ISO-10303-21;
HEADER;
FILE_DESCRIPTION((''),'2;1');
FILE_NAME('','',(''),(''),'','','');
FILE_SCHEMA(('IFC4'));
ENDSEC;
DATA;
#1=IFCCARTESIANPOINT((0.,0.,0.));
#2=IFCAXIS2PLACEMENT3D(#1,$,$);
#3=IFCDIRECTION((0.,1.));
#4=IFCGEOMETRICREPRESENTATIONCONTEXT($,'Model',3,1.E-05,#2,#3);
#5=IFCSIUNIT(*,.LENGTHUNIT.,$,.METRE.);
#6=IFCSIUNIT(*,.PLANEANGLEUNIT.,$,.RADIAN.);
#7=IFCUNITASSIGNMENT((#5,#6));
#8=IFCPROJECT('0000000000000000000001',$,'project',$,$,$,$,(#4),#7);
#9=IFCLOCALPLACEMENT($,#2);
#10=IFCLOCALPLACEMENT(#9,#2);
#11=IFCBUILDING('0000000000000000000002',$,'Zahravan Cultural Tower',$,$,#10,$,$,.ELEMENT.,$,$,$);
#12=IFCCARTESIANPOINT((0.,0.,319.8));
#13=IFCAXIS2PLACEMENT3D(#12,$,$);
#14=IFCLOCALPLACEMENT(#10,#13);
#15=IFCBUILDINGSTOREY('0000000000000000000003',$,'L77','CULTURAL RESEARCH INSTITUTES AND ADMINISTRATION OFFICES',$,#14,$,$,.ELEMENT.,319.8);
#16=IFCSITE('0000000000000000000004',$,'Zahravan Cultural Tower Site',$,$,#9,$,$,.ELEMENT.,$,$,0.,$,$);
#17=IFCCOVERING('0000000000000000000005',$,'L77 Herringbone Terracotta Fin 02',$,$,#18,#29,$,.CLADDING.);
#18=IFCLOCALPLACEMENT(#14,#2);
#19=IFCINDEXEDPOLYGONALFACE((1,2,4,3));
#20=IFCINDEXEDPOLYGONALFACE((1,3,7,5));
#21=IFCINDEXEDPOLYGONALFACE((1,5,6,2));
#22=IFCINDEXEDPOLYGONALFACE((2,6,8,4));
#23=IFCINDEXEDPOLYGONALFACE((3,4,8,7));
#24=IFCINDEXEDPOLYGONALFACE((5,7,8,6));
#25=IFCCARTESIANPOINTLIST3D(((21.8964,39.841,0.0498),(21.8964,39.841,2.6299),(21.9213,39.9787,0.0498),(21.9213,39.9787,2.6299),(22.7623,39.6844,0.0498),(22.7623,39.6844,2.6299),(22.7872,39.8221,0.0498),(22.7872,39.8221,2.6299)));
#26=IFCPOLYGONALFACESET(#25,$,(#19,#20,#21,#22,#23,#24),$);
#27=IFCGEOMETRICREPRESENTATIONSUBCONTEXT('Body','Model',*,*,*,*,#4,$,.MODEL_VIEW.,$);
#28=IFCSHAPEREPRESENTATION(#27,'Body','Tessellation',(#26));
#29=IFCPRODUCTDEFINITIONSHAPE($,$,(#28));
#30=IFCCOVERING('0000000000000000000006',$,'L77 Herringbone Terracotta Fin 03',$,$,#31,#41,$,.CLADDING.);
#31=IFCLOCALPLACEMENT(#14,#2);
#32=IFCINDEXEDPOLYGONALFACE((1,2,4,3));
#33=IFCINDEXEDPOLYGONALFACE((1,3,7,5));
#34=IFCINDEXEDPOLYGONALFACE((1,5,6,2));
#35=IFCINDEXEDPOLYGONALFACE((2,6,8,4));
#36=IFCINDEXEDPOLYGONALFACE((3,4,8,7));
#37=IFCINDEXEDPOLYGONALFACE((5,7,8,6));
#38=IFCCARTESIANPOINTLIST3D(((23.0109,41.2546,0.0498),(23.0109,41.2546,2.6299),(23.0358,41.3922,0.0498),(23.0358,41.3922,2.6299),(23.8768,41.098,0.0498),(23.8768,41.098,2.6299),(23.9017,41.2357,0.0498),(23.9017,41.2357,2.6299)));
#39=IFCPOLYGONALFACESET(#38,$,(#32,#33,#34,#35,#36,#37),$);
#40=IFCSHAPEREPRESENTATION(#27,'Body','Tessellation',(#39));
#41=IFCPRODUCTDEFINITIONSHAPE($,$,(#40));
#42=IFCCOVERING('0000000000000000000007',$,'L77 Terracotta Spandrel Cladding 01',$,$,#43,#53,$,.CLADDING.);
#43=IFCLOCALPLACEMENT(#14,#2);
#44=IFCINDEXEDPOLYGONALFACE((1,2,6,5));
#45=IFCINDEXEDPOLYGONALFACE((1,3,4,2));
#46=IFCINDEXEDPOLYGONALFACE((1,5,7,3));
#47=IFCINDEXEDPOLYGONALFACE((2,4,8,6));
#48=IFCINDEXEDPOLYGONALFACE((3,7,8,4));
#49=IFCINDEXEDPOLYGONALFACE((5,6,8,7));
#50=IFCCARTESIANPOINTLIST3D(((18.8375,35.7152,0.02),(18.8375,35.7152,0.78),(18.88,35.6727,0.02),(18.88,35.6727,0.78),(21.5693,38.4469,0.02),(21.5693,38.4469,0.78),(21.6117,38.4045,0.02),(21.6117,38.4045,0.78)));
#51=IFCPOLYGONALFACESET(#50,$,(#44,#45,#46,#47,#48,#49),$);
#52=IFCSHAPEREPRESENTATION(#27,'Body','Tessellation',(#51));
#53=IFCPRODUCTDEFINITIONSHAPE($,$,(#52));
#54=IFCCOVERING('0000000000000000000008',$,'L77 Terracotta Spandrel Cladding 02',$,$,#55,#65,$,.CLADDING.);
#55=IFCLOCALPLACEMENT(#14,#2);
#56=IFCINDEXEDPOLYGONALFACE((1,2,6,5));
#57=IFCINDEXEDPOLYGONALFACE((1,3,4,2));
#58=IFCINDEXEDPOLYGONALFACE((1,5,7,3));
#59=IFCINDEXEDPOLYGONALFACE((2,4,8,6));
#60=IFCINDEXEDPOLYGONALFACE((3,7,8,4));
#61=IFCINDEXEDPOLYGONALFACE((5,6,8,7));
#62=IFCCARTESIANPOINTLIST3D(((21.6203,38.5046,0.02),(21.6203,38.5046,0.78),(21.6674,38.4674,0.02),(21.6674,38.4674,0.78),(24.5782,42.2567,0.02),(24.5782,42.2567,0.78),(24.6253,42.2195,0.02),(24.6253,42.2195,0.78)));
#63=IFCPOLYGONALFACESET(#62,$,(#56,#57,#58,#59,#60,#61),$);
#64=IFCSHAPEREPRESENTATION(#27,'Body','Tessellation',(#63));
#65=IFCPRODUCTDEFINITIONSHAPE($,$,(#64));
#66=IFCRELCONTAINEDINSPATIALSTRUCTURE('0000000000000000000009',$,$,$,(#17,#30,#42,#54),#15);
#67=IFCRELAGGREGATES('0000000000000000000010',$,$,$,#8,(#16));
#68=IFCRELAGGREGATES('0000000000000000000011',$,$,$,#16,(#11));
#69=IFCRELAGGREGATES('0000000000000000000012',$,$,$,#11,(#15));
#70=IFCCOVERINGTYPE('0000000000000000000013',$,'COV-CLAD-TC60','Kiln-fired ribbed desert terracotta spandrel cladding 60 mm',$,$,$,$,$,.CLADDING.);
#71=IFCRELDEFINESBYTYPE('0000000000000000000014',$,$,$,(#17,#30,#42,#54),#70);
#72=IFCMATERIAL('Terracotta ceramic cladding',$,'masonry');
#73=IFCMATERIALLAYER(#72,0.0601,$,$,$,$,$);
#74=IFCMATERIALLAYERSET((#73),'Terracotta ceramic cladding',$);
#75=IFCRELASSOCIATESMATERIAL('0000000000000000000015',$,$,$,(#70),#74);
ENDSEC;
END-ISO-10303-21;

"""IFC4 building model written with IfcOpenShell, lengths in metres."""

from ifc_helpers import new_model, si_unit, direction, frame, origin, origin_2d, place, context, subcontext, project, spatial, rectangle, extrude, source, transform, mapped, material, layer, layer_set, type_object, element, save


model = new_model("IFC4")

# Units and contexts
model_context = context("Model", 3, precision=1e-05, world=origin(), true_north=direction((0.0, 1.0)))
body_context = subcontext(model_context, "Body", "Model", "MODEL_VIEW")
ifc_project = project(units=[si_unit("LENGTHUNIT", "METRE"), si_unit("PLANEANGLEUNIT", "RADIAN")], contexts=[model_context])

# Site, building, storey
site_placement = place(None, origin())
site = spatial("IfcSite", under=ifc_project, at=site_placement, Name="Zahravan Cultural Tower Site", CompositionType="ELEMENT", RefElevation=0.0)
building_placement = place(site_placement, origin())
building = spatial("IfcBuilding", under=site, at=building_placement, Name="Zahravan Cultural Tower", CompositionType="ELEMENT")
storey_placement = place(building_placement, frame((0.0, 0.0, 319.8)))
storey = spatial("IfcBuildingStorey", under=building, at=storey_placement, Name="L77", Description="CULTURAL RESEARCH INSTITUTES AND ADMINISTRATION OFFICES", CompositionType="ELEMENT", Elevation=319.8)

# Coverings
ifc_material_1 = material(Name="Terracotta ceramic cladding", Category="masonry")
ifc_layer_1 = layer(ifc_material_1, 0.0601)
ifc_layer_set_1 = layer_set([ifc_layer_1], Name="Terracotta ceramic cladding")
covering_type = type_object("IfcCoveringType", Name="COV-CLAD-TC60", Description="Kiln-fired ribbed desert terracotta spandrel cladding 60 mm", PredefinedType="CLADDING", material=ifc_layer_set_1)
shared_shape_1 = source(origin(), body_context, "Body", "SweptSolid", [
    extrude(rectangle(XDim=0.8799, YDim=0.1399, at=origin_2d()), origin(), (0.0, 0.0, 1.0), 2.5801),
])
for number, where, z_axis, x_axis, name in (
    (1, (22.3418, 39.8315, 0.0498), (0.0, 0.0, 1.0), (-0.984041, 0.177944, 0.0), "L77 Herringbone Terracotta Fin 02"),
    (2, (23.4563, 41.2451, 0.0498), (0.0, 0.0, 1.0), (-0.984041, 0.177944, 0.0), "L77 Herringbone Terracotta Fin 03"),
):
    element("IfcCovering", number, at=place(storey_placement, frame(where, z_axis=z_axis, x_axis=x_axis)), inside=storey, type_object=covering_type, Name=name, PredefinedType="CLADDING", context=body_context, shape_type="MappedRepresentation", body=[
        mapped(shared_shape_1, transform((0.0, 0.0, 0.0), x_axis=(1.0, 0.0, 0.0), y_axis=(0.0, 1.0, 0.0), z_axis=(0.0, 0.0, 1.0), scale=1.0)),
    ])
shared_shape_2 = source(origin(), body_context, "Body", "SweptSolid", [
    extrude(rectangle(XDim=3.8633, YDim=0.0601, at=origin_2d()), origin(), (0.0, 0.0, 1.0), 0.76),
])
covering_1_placement = place(storey_placement, frame((20.2246, 37.0598, 0.02), z_axis=(0.0, 0.0, 1.0), x_axis=(0.707107, 0.707107, 0.0)))
element("IfcCovering", 3, at=covering_1_placement, inside=storey, type_object=covering_type, Name="L77 Terracotta Spandrel Cladding 01", PredefinedType="CLADDING", context=body_context, shape_type="MappedRepresentation", body=[
    mapped(shared_shape_2, transform((0.0, 0.0, 0.0), x_axis=(1.0, 0.0, 0.0), y_axis=(0.0, 1.0, 0.0), z_axis=(0.0, 0.0, 1.0), scale=1.0)),
])
shared_shape_3 = source(origin(), body_context, "Body", "SweptSolid", [
    extrude(rectangle(XDim=4.7778, YDim=0.0601, at=origin_2d()), origin(), (0.0, 0.0, 1.0), 0.76),
])
covering_2_placement = place(storey_placement, frame((23.1228, 40.3621, 0.02), z_axis=(0.0, 0.0, 1.0), x_axis=(0.619094, 0.785317, 0.0)))
element("IfcCovering", 4, at=covering_2_placement, inside=storey, type_object=covering_type, Name="L77 Terracotta Spandrel Cladding 02", PredefinedType="CLADDING", context=body_context, shape_type="MappedRepresentation", body=[
    mapped(shared_shape_3, transform((0.0, 0.0, 0.0), x_axis=(1.0, 0.0, 0.0), y_axis=(0.0, 1.0, 0.0), z_axis=(0.0, 0.0, 1.0), scale=1.0)),
])

save(model, "model.ifc")
